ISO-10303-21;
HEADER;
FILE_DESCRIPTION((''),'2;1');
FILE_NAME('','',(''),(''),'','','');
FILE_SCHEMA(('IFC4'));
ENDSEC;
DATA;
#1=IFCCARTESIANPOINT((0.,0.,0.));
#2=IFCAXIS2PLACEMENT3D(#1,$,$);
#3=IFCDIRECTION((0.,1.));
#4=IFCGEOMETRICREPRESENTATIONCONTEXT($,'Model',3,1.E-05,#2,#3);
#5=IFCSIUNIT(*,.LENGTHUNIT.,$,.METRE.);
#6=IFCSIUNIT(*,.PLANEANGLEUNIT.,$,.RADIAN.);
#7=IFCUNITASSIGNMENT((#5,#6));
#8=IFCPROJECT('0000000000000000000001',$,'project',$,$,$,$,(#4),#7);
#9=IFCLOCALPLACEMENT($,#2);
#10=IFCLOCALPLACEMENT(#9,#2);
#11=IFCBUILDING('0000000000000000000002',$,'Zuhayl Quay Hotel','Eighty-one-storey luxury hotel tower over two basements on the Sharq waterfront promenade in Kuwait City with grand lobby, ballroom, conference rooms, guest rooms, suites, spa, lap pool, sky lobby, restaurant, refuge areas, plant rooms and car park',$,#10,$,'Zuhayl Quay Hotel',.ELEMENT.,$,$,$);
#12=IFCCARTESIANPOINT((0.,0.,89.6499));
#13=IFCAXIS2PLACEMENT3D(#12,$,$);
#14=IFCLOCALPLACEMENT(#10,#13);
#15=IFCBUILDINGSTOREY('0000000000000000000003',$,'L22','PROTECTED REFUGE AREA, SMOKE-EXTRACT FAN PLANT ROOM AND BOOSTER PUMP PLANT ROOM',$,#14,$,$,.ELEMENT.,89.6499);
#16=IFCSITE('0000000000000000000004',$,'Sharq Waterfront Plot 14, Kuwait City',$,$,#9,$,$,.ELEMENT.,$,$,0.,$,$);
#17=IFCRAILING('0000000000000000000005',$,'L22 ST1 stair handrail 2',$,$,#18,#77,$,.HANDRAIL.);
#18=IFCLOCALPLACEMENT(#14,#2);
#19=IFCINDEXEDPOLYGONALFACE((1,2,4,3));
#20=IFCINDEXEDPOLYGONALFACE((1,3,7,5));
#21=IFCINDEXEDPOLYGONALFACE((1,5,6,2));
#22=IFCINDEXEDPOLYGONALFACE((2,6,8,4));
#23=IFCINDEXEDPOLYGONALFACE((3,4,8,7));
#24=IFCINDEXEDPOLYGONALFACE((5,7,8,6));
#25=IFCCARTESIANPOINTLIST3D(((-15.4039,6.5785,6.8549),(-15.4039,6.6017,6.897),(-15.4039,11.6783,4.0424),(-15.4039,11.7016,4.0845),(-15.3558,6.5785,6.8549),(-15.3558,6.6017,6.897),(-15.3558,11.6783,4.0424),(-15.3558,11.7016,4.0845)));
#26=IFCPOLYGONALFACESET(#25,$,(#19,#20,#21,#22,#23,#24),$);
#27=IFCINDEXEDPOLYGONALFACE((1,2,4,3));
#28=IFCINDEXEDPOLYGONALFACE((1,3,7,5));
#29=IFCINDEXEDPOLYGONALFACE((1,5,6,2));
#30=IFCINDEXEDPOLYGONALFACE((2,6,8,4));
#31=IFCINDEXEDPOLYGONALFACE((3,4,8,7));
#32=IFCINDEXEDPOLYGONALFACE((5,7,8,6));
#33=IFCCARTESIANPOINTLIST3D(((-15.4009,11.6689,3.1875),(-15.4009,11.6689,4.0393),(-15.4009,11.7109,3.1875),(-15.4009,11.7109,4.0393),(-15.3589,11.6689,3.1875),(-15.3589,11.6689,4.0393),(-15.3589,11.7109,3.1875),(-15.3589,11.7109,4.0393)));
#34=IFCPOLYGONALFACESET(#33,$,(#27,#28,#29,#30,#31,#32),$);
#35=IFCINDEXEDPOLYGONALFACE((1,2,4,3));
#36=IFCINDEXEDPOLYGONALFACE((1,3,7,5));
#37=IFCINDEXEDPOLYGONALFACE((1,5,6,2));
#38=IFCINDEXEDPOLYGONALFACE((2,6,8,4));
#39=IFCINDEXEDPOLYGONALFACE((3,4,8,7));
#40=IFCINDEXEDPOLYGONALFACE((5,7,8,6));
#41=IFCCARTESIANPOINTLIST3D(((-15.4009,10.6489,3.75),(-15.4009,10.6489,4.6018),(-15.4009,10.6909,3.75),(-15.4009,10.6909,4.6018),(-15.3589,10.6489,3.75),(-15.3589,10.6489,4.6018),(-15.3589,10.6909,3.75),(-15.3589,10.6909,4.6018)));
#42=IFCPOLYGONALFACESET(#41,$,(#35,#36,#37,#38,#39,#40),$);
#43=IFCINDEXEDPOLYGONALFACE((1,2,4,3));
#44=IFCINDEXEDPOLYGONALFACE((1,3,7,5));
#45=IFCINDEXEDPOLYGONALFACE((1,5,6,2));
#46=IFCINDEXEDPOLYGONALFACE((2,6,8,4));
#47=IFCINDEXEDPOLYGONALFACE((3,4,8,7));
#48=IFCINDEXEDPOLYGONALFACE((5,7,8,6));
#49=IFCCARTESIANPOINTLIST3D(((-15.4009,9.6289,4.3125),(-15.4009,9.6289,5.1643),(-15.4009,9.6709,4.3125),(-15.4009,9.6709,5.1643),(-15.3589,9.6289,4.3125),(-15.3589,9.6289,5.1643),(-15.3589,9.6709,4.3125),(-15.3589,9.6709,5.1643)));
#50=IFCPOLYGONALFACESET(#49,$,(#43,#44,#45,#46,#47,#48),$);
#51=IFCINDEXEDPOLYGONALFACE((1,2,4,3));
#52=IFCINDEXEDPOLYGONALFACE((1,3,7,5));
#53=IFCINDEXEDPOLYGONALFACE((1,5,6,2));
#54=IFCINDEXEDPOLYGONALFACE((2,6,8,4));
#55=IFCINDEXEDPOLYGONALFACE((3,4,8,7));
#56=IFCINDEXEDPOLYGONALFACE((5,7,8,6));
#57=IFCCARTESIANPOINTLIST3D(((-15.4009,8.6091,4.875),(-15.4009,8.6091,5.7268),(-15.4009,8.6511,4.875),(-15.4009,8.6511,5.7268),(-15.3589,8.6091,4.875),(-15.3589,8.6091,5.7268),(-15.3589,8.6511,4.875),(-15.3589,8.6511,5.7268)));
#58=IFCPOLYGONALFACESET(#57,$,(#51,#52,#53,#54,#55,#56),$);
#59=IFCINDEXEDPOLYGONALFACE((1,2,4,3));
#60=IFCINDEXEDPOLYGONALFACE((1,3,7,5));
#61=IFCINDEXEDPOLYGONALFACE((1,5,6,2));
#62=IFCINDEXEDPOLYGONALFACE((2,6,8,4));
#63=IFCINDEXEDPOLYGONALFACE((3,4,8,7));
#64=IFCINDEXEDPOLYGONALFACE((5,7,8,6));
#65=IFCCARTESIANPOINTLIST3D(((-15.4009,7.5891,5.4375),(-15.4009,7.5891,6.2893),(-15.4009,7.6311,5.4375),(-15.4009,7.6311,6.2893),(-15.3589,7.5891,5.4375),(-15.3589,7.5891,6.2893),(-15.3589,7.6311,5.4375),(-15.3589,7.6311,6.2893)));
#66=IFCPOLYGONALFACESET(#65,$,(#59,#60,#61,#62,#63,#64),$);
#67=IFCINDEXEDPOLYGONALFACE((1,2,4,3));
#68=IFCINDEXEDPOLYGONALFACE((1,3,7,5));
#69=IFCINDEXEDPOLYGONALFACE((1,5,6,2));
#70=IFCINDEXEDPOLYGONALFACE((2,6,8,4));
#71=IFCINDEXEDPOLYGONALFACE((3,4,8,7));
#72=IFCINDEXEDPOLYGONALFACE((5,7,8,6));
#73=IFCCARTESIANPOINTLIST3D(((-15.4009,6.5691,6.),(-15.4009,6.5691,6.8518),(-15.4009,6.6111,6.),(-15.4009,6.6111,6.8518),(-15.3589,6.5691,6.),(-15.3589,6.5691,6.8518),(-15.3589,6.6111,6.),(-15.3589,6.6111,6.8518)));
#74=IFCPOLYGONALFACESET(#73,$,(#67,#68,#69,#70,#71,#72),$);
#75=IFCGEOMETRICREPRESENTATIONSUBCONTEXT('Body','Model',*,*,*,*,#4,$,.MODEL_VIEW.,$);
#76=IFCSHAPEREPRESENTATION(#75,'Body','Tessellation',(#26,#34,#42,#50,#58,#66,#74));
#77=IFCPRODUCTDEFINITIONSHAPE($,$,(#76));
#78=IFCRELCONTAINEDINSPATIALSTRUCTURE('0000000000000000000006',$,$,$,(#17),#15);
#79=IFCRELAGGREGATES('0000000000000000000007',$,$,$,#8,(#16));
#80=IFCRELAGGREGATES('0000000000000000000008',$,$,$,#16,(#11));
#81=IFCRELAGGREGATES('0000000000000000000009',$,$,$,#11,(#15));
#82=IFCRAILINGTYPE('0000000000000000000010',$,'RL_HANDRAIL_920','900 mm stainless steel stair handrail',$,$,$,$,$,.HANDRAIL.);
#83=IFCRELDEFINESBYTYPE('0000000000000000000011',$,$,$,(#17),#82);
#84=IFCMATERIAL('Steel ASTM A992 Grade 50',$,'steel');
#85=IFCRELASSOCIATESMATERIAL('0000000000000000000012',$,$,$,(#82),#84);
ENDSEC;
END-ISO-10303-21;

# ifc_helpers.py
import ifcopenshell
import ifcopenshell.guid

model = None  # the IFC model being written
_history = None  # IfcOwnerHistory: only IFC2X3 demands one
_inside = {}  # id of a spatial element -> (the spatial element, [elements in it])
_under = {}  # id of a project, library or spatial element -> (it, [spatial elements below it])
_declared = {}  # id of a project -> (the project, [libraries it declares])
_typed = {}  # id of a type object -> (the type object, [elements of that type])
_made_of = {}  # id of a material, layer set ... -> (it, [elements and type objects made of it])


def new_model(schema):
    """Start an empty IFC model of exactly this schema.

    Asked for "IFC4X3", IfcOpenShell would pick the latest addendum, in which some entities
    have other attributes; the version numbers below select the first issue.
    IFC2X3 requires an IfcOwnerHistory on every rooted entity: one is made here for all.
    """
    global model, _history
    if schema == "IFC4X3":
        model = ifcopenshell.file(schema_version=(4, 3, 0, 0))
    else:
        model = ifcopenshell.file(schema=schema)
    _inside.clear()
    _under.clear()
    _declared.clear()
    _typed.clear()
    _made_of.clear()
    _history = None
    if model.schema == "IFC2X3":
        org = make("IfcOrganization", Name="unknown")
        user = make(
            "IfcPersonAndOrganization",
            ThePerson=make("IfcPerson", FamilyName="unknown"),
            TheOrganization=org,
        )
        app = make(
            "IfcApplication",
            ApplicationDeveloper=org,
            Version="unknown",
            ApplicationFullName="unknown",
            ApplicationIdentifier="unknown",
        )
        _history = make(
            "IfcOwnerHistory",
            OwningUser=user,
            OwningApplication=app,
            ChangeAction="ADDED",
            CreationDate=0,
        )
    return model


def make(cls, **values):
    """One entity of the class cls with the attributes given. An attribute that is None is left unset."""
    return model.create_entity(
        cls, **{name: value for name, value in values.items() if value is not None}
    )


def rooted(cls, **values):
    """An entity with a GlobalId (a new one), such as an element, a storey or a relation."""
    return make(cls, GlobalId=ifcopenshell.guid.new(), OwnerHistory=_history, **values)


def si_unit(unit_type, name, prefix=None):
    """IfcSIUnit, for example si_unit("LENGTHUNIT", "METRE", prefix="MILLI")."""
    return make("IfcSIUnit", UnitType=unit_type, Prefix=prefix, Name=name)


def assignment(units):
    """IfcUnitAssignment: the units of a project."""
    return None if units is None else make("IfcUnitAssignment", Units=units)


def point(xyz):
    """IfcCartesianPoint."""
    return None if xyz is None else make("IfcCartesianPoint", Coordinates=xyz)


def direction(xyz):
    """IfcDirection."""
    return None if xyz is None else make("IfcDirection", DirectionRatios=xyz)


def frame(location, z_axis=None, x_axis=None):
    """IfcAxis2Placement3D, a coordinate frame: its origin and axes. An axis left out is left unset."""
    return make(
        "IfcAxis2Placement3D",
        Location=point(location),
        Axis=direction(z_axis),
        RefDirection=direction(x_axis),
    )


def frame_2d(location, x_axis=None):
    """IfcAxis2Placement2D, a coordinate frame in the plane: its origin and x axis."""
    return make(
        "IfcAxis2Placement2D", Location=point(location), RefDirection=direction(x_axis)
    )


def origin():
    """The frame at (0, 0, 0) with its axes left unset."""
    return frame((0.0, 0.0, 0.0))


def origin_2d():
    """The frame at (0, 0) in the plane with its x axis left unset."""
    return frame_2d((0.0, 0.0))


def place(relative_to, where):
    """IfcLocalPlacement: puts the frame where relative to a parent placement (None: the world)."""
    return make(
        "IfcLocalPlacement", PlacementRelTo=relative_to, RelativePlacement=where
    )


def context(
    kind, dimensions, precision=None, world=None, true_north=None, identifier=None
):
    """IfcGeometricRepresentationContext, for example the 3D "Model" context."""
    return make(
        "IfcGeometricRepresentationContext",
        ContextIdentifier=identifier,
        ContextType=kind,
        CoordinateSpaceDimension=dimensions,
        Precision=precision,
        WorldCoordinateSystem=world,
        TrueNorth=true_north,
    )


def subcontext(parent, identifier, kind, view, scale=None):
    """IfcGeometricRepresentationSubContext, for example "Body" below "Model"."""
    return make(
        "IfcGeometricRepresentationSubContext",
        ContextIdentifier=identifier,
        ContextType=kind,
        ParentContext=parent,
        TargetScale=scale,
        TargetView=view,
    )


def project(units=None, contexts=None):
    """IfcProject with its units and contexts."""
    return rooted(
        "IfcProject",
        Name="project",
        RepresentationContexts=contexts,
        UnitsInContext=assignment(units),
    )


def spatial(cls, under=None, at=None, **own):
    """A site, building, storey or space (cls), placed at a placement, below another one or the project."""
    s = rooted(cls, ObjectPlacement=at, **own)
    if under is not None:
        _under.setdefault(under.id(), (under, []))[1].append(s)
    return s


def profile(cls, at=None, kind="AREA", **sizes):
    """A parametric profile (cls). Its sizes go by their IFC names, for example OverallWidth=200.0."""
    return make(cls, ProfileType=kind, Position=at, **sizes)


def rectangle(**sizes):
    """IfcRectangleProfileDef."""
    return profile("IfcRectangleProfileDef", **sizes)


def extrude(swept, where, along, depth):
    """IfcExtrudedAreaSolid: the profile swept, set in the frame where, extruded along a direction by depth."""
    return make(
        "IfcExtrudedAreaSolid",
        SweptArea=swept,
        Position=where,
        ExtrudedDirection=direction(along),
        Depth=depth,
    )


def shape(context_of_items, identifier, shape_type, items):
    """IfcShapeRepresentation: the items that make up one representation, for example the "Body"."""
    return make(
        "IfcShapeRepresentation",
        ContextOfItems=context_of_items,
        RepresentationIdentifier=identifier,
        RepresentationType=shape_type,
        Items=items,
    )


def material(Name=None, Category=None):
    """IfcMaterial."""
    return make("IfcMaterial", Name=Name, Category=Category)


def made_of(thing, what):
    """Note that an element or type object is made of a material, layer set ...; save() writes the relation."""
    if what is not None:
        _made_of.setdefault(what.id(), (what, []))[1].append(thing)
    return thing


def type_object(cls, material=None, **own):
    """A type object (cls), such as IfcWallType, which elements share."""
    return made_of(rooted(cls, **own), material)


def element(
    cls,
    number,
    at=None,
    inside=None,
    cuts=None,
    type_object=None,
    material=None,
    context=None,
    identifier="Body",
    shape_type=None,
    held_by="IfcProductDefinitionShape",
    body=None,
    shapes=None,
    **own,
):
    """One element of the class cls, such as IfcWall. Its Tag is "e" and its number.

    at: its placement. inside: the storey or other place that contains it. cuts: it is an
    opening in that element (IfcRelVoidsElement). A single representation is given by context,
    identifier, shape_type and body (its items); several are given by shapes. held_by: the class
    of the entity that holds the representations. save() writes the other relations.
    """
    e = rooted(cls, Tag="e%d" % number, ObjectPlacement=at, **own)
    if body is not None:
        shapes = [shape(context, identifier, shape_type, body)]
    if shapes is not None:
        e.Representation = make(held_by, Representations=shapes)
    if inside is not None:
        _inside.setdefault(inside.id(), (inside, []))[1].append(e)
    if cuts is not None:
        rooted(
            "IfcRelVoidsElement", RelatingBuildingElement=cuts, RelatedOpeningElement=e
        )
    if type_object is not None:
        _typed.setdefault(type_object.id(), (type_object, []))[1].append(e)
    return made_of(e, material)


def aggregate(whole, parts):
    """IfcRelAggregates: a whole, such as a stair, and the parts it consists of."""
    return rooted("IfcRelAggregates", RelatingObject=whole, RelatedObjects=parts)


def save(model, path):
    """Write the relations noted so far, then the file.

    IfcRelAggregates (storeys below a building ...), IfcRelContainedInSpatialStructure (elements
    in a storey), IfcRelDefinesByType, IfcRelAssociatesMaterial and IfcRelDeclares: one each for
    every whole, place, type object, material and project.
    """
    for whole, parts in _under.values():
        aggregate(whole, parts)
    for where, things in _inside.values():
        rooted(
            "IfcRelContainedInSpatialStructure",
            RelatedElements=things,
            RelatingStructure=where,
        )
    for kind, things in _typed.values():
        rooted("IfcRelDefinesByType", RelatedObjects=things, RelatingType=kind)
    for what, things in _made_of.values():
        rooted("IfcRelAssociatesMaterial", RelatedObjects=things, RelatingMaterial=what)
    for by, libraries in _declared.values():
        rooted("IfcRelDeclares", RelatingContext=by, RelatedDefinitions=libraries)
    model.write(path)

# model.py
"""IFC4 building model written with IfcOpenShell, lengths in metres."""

from ifc_helpers import new_model, si_unit, direction, frame, origin, origin_2d, place, context, subcontext, project, spatial, rectangle, extrude, material, type_object, element, save


model = new_model("IFC4")

# Units and contexts
model_context = context("Model", 3, precision=1e-05, world=origin(), true_north=direction((0.0, 1.0)))
body_context = subcontext(model_context, "Body", "Model", "MODEL_VIEW")
ifc_project = project(units=[si_unit("LENGTHUNIT", "METRE"), si_unit("PLANEANGLEUNIT", "RADIAN")], contexts=[model_context])

# Site, building, storey
site_placement = place(None, origin())
site = spatial("IfcSite", under=ifc_project, at=site_placement, Name="Sharq Waterfront Plot 14, Kuwait City", CompositionType="ELEMENT", RefElevation=0.0)
building_placement = place(site_placement, origin())
building = spatial("IfcBuilding", under=site, at=building_placement, Name="Zuhayl Quay Hotel", Description="Eighty-one-storey luxury hotel tower over two basements on the Sharq waterfront promenade in Kuwait City with grand lobby, ballroom, conference rooms, guest rooms, suites, spa, lap pool, sky lobby, restaurant, refuge areas, plant rooms and car park", LongName="Zuhayl Quay Hotel", CompositionType="ELEMENT")
storey_placement = place(building_placement, frame((0.0, 0.0, 89.6499)))
storey = spatial("IfcBuildingStorey", under=building, at=storey_placement, Name="L22", Description="PROTECTED REFUGE AREA, SMOKE-EXTRACT FAN PLANT ROOM AND BOOSTER PUMP PLANT ROOM", CompositionType="ELEMENT", Elevation=89.6499)

# Shared definitions
ifc_material_1 = material(Name="Steel ASTM A992 Grade 50", Category="steel")

# Railing
railing_type_1 = type_object("IfcRailingType", Name="RL_HANDRAIL_920", Description="900 mm stainless steel stair handrail", PredefinedType="HANDRAIL", material=ifc_material_1)
railing_1_placement = place(storey_placement, frame((-15.3799, 11.6899, 3.1875)))
element("IfcRailing", 1, at=railing_1_placement, inside=storey, type_object=railing_type_1, Name="L22 ST1 stair handrail 2", PredefinedType="HANDRAIL", context=body_context, shape_type="SweptSolid", body=[
    extrude(rectangle(XDim=0.0481, YDim=0.0481, at=origin_2d()), frame((0.0, 0.0, 0.876), z_axis=(0.0, -0.875666, 0.482918), x_axis=(1.0, 0.0, 0.0)), (0.0, 0.0, 1.0), 5.824),
    extrude(rectangle(XDim=0.042, YDim=0.042, at=origin_2d()), origin(), (0.0, 0.0, 1.0), 0.8518),
    extrude(rectangle(XDim=0.042, YDim=0.042, at=origin_2d()), frame((0.0, -1.02, 0.5625)), (0.0, 0.0, 1.0), 0.8518),
    extrude(rectangle(XDim=0.042, YDim=0.042, at=origin_2d()), frame((0.0, -2.04, 1.125)), (0.0, 0.0, 1.0), 0.8518),
    extrude(rectangle(XDim=0.042, YDim=0.042, at=origin_2d()), frame((0.0, -3.0598, 1.6875)), (0.0, 0.0, 1.0), 0.8518),
    extrude(rectangle(XDim=0.042, YDim=0.042, at=origin_2d()), frame((0.0, -4.0798, 2.25)), (0.0, 0.0, 1.0), 0.8518),
    extrude(rectangle(XDim=0.042, YDim=0.042, at=origin_2d()), frame((0.0, -5.0999, 2.8125)), (0.0, 0.0, 1.0), 0.8518),
])

save(model, "model.ifc")
